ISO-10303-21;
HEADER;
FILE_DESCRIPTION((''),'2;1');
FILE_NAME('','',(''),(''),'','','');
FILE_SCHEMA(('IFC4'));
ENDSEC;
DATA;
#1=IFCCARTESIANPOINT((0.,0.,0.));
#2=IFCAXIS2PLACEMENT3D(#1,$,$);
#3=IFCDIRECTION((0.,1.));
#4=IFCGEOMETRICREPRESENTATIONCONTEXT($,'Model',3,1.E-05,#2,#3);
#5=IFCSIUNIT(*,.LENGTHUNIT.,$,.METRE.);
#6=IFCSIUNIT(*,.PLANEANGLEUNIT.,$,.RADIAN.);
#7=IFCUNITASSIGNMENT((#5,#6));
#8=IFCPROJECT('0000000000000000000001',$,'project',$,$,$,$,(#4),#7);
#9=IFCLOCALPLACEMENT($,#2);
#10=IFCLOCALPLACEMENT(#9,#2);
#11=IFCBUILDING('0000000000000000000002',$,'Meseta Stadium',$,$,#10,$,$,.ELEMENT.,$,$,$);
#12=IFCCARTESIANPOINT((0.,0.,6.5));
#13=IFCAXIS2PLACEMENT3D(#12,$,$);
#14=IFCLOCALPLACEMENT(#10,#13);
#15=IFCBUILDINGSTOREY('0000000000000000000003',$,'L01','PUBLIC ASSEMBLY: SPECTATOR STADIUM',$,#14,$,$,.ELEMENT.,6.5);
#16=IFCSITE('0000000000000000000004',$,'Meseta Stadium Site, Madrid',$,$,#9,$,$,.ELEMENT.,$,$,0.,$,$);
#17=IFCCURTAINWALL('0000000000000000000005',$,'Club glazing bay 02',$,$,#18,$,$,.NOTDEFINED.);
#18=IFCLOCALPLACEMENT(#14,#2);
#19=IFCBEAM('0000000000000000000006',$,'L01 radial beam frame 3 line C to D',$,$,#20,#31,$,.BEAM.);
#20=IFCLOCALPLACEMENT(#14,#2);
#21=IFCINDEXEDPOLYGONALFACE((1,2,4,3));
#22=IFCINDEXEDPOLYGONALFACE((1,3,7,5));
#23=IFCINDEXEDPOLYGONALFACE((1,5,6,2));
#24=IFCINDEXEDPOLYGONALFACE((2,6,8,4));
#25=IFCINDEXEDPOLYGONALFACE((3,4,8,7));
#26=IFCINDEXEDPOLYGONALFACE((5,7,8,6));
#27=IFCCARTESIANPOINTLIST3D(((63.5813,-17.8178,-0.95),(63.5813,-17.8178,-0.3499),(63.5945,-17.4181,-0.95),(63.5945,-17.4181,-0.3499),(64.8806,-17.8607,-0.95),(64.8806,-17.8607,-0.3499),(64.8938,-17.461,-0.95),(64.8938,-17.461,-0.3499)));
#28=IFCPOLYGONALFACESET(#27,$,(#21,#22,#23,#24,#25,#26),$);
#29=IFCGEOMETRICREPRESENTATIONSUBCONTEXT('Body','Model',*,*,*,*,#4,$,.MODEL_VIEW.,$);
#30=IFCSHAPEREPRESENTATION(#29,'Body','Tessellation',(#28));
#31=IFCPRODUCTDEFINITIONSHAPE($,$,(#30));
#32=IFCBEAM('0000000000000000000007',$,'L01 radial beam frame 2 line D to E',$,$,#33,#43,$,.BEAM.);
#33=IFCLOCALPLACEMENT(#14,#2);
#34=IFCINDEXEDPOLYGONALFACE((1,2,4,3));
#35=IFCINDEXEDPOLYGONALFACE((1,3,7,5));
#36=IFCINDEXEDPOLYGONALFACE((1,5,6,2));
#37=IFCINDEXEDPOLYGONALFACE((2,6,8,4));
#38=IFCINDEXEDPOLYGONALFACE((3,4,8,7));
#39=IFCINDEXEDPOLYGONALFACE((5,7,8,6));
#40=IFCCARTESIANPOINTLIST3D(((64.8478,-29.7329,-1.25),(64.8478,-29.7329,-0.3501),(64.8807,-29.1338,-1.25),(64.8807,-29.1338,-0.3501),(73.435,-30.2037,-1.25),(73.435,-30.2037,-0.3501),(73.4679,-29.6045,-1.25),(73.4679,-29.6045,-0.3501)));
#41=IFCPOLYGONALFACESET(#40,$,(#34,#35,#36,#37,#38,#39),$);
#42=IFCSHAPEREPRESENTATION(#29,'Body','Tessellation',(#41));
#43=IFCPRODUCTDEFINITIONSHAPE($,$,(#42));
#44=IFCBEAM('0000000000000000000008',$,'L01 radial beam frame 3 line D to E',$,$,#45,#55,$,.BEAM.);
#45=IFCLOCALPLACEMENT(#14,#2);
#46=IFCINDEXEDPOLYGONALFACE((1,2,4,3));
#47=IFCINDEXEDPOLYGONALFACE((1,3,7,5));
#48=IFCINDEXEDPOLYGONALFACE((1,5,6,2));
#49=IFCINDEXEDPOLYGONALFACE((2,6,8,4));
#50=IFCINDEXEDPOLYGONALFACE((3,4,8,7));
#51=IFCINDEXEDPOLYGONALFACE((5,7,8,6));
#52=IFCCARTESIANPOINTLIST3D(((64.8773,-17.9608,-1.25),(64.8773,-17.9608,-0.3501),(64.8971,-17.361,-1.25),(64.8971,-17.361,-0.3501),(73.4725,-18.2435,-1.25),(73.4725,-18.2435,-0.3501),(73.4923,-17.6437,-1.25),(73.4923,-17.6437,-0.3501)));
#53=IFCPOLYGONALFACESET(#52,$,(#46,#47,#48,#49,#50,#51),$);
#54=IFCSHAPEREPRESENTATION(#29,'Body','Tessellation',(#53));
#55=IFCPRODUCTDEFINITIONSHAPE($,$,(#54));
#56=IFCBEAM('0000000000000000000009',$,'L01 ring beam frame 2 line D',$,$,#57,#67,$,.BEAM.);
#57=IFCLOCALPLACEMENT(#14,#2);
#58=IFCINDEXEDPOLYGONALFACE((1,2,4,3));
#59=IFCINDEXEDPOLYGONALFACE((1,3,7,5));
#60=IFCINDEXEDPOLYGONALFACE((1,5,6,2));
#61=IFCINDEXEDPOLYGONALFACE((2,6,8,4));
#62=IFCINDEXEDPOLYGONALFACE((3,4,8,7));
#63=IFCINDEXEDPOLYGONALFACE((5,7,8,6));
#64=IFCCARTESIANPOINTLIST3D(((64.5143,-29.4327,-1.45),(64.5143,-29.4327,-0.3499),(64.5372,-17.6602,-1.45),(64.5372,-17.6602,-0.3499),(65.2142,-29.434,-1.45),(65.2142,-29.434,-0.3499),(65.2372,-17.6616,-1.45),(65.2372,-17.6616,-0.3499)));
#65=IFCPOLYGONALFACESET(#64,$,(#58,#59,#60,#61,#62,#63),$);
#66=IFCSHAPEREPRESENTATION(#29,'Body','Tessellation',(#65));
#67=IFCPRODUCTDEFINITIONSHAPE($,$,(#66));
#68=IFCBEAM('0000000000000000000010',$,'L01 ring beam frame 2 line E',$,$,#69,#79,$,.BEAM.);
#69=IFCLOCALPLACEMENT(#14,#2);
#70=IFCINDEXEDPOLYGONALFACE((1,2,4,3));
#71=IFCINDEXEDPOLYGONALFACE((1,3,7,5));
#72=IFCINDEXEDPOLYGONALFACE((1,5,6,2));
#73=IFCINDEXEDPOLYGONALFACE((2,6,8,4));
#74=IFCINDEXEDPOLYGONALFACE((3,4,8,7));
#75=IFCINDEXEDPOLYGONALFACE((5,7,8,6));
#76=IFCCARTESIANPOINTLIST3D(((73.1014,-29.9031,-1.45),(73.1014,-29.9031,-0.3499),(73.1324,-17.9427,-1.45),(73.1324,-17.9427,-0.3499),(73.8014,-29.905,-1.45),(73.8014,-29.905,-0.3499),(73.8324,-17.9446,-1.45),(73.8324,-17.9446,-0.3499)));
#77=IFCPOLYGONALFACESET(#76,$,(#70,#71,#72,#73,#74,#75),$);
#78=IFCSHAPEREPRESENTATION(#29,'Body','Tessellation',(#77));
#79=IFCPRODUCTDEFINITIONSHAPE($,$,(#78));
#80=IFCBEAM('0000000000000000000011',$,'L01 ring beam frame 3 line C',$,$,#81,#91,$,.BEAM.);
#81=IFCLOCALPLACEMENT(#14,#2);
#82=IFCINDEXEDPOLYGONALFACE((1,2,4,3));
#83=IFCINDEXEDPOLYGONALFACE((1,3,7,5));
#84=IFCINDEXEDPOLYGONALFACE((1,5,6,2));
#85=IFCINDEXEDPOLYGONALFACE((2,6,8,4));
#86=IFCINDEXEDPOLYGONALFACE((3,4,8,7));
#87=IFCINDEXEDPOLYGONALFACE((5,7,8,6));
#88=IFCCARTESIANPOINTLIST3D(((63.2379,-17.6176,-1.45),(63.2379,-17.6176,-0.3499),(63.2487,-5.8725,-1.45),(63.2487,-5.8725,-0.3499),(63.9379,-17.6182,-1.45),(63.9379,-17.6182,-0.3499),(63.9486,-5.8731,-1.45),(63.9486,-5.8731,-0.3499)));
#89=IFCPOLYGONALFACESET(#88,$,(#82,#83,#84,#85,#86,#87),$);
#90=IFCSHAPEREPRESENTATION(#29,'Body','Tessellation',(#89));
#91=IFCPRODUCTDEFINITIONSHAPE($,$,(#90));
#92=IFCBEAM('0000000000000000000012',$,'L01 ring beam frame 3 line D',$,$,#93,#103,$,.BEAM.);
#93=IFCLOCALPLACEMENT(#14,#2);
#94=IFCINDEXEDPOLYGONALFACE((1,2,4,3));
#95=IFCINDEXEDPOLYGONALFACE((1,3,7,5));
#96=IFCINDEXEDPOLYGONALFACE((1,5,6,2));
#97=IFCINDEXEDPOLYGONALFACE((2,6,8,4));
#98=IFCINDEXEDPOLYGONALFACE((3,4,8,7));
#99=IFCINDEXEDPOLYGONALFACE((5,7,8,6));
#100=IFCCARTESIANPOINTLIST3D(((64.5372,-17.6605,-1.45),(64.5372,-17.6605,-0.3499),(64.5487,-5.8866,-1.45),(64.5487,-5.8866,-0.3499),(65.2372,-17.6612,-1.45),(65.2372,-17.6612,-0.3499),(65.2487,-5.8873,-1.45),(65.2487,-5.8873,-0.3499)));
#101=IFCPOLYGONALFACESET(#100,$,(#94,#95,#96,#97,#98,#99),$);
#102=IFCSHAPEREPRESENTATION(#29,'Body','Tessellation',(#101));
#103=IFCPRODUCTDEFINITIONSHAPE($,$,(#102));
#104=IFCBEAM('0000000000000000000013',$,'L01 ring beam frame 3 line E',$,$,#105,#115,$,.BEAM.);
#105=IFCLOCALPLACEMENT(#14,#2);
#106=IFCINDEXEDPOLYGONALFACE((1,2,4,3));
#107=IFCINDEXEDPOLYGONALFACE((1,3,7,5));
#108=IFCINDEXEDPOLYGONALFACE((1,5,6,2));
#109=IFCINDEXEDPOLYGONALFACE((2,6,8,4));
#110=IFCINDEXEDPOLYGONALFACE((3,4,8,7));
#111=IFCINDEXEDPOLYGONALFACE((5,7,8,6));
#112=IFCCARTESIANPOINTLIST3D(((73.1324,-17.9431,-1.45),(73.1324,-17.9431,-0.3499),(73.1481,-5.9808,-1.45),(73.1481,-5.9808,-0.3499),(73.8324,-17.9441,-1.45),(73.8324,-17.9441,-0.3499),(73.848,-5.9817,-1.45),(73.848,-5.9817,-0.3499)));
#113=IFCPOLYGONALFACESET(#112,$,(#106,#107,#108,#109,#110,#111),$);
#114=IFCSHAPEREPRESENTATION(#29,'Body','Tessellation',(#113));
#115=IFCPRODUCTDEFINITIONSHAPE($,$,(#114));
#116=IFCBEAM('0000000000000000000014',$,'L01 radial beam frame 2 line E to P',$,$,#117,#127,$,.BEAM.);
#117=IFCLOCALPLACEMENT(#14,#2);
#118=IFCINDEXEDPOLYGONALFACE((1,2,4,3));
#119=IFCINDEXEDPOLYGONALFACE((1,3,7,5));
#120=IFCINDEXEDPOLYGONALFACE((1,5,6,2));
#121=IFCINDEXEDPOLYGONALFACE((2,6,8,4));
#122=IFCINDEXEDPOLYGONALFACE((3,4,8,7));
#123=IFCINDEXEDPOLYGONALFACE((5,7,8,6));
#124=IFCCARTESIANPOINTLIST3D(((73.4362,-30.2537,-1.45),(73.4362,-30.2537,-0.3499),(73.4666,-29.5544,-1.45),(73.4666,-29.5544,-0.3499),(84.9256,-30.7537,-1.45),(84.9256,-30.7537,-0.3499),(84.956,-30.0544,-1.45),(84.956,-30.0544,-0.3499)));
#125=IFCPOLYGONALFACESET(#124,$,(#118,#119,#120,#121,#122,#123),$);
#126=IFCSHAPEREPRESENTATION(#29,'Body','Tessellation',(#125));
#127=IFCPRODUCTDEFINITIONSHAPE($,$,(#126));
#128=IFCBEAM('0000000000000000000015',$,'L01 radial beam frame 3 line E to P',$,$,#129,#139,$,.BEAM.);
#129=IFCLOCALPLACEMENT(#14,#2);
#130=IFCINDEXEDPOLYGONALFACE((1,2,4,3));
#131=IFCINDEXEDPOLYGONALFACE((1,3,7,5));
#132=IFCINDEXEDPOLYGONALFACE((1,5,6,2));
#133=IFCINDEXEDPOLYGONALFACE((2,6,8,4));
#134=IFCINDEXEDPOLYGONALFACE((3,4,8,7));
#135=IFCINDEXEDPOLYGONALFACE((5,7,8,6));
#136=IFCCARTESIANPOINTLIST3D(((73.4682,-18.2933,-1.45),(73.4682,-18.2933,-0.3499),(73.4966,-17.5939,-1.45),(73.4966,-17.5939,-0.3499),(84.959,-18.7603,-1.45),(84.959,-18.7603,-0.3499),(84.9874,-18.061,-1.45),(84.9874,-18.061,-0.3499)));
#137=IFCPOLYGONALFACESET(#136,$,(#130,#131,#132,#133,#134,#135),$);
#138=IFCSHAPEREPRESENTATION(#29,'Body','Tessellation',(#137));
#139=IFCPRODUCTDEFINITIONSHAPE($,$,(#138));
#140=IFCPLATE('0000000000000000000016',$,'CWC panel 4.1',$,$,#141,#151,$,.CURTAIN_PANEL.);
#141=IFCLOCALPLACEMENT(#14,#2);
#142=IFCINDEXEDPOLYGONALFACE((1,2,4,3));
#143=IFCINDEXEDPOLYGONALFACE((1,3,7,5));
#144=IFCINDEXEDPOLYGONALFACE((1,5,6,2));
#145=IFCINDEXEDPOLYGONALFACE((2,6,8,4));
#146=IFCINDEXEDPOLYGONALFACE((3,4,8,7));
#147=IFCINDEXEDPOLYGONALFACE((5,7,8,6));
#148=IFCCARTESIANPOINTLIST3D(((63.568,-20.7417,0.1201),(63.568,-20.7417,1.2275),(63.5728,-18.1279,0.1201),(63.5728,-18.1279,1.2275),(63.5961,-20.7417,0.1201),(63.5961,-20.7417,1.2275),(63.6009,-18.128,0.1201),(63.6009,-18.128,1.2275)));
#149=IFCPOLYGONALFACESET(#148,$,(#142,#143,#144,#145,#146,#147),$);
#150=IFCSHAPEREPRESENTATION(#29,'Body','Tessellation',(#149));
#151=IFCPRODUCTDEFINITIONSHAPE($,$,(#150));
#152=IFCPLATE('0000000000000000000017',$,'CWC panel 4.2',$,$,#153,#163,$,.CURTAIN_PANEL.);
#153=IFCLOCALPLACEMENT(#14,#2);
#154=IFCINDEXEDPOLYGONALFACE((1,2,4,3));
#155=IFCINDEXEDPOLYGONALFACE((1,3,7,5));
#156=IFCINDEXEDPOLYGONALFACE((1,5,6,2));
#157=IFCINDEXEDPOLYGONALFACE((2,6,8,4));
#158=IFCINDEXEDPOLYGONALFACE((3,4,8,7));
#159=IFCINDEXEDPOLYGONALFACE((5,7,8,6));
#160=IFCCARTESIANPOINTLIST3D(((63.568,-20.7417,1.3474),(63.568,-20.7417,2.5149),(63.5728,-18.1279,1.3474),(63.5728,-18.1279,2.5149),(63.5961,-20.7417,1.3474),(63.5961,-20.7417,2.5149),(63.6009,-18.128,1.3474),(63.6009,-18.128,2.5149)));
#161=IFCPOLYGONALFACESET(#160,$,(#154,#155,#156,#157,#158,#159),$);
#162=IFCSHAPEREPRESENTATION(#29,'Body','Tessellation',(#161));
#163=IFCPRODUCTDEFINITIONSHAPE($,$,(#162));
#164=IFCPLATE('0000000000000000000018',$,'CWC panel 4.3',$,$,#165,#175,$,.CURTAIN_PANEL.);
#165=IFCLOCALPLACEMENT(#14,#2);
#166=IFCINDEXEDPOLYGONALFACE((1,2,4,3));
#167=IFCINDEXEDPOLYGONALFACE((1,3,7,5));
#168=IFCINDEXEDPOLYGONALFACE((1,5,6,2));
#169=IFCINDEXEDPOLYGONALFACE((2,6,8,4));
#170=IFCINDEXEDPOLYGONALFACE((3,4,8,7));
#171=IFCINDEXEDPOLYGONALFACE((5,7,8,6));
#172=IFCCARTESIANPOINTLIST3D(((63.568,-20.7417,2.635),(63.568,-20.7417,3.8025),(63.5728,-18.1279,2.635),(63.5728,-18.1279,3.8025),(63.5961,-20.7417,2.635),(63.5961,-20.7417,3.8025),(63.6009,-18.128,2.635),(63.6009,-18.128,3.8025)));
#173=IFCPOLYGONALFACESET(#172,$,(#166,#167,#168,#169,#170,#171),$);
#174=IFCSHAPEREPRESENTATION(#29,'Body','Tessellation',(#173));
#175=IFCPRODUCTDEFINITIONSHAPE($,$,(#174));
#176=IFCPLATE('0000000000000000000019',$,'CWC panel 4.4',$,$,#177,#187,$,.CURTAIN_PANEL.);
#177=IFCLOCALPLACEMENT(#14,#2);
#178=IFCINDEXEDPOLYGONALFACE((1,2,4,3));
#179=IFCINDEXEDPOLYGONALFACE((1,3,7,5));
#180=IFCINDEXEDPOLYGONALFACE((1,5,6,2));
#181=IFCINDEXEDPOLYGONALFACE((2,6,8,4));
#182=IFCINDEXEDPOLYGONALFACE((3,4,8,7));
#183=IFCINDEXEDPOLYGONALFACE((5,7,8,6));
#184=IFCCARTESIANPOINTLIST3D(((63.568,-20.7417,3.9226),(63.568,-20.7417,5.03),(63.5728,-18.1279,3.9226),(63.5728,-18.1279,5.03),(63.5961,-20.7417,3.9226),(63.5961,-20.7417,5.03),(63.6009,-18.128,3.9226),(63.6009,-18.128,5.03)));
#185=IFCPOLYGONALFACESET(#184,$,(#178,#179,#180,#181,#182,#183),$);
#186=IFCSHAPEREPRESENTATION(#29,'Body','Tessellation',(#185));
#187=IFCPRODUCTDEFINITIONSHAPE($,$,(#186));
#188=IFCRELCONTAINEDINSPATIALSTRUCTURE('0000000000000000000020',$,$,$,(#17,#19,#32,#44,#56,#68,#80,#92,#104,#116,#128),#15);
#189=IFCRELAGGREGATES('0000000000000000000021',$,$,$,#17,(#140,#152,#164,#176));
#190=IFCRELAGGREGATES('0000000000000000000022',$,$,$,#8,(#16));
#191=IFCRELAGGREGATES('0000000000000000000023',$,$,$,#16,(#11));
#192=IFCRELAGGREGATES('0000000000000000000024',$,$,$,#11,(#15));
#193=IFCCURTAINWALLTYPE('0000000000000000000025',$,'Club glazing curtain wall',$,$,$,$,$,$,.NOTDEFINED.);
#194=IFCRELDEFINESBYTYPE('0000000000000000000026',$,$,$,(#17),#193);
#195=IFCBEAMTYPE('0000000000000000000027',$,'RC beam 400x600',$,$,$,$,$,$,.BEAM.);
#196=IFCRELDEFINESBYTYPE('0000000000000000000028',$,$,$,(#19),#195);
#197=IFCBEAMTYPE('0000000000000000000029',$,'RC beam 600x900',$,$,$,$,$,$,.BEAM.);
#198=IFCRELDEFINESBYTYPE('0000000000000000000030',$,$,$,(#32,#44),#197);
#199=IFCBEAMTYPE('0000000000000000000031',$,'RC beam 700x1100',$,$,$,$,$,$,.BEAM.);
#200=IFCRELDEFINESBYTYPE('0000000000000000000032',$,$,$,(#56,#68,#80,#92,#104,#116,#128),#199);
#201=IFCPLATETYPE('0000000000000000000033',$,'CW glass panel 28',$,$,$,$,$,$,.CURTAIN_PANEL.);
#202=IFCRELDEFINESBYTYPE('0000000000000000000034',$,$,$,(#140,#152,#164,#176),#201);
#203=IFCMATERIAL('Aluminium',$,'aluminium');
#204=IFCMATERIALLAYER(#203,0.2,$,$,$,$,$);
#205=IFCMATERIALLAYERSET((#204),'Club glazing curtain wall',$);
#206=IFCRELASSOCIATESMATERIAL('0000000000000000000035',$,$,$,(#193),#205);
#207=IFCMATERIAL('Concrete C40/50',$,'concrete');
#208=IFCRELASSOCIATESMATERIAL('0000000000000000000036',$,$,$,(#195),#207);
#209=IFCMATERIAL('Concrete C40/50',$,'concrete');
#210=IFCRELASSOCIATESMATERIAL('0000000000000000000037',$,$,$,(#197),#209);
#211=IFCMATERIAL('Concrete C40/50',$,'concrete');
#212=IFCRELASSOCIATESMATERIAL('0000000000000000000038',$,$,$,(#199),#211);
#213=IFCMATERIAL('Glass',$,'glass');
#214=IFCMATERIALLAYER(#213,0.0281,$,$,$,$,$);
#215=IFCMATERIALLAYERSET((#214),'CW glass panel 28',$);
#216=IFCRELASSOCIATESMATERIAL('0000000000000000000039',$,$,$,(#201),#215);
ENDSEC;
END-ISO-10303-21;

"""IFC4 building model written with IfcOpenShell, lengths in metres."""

from ifc_helpers import new_model, si_unit, direction, frame, origin, origin_2d, place, context, subcontext, project, spatial, rectangle, extrude, material, layer, layer_set, material_profile, profile_set, type_object, element, aggregate, save


model = new_model("IFC4")

# Units and contexts
model_context = context("Model", 3, precision=1e-05, world=origin(), true_north=direction((0.0, 1.0)))
body_context = subcontext(model_context, "Body", "Model", "MODEL_VIEW")
ifc_project = project(units=[si_unit("LENGTHUNIT", "METRE"), si_unit("PLANEANGLEUNIT", "RADIAN")], contexts=[model_context])

# Site, building, storey
site_placement = place(None, origin())
site = spatial("IfcSite", under=ifc_project, at=site_placement, Name="Meseta Stadium Site, Madrid", CompositionType="ELEMENT", RefElevation=0.0)
building_placement = place(site_placement, origin())
building = spatial("IfcBuilding", under=site, at=building_placement, Name="Meseta Stadium", CompositionType="ELEMENT")
storey_placement = place(building_placement, frame((0.0, 0.0, 6.5)))
storey = spatial("IfcBuildingStorey", under=building, at=storey_placement, Name="L01", Description="PUBLIC ASSEMBLY: SPECTATOR STADIUM", CompositionType="ELEMENT", Elevation=6.5)

# Curtain wall
ifc_material_1 = material(Name="Aluminium", Category="aluminium")
ifc_layer_1 = layer(ifc_material_1, 0.2)
ifc_layer_set_1 = layer_set([ifc_layer_1], Name="Club glazing curtain wall")
curtain_wall_type = type_object("IfcCurtainWallType", Name="Club glazing curtain wall", PredefinedType="NOTDEFINED", material=ifc_layer_set_1)
curtain_wall_1_placement = place(storey_placement, origin())
curtain_wall_1 = element("IfcCurtainWall", 1, at=curtain_wall_1_placement, inside=storey, type_object=curtain_wall_type, Name="Club glazing bay 02", PredefinedType="NOTDEFINED")

# Beams
ifc_material_2 = material(Name="Concrete C40/50", Category="concrete")
ifc_material_profile_1 = material_profile(ifc_material_2, rectangle(XDim=0.3999, YDim=0.6001, at=origin_2d()), Name="RC 400x600")
ifc_profile_set_1 = profile_set([ifc_material_profile_1], Name="Concrete C40/50")
beam_type_1 = type_object("IfcBeamType", Name="RC beam 400x600", PredefinedType="BEAM", material=ifc_profile_set_1)
beam_1_placement = place(storey_placement, frame((63.5879, -17.6179, -0.6499), z_axis=(0.999454, -0.033052, 0.0), x_axis=(0.033052, 0.999454, 0.0)))
element("IfcBeam", 2, at=beam_1_placement, inside=storey, type_object=beam_type_1, Name="L01 radial beam frame 3 line C to D", PredefinedType="BEAM", context=body_context, shape_type="SweptSolid", body=[
    extrude(rectangle(XDim=0.3999, YDim=0.6001, at=origin_2d()), origin(), (0.0, 0.0, 1.0), 1.3),
])
ifc_material_3 = material(Name="Concrete C40/50", Category="concrete")
ifc_material_profile_2 = material_profile(ifc_material_3, rectangle(XDim=0.6001, YDim=0.8999, at=origin_2d()), Name="RC 600x900")
ifc_profile_set_2 = profile_set([ifc_material_profile_2], Name="Concrete C40/50")
beam_type_2 = type_object("IfcBeamType", Name="RC beam 600x900", PredefinedType="BEAM", material=ifc_profile_set_2)
beam_2_placement = place(storey_placement, frame((64.8643, -29.4333, -0.8), z_axis=(0.998501, -0.054733, 0.0), x_axis=(0.054733, 0.998501, 0.0)))
element("IfcBeam", 3, at=beam_2_placement, inside=storey, type_object=beam_type_2, Name="L01 radial beam frame 2 line D to E", PredefinedType="BEAM", context=body_context, shape_type="SweptSolid", body=[
    extrude(rectangle(XDim=0.6001, YDim=0.8999, at=origin_2d()), origin(), (0.0, 0.0, 1.0), 8.6001),
])
beam_3_placement = place(storey_placement, frame((64.8872, -17.6609, -0.8), z_axis=(0.999459, -0.032874, 0.0), x_axis=(0.032874, 0.999459, 0.0)))
element("IfcBeam", 4, at=beam_3_placement, inside=storey, type_object=beam_type_2, Name="L01 radial beam frame 3 line D to E", PredefinedType="BEAM", context=body_context, shape_type="SweptSolid", body=[
    extrude(rectangle(XDim=0.6001, YDim=0.8999, at=origin_2d()), origin(), (0.0, 0.0, 1.0), 8.5999),
])
ifc_material_4 = material(Name="Concrete C40/50", Category="concrete")
ifc_material_profile_3 = material_profile(ifc_material_4, rectangle(XDim=0.7, YDim=1.1001, at=origin_2d()), Name="RC 700x1100")
ifc_profile_set_3 = profile_set([ifc_material_profile_3], Name="Concrete C40/50")
beam_type_3 = type_object("IfcBeamType", Name="RC beam 700x1100", PredefinedType="BEAM", material=ifc_profile_set_3)
beam_4_placement = place(storey_placement, frame((64.8643, -29.4333, -0.8999), z_axis=(0.001949, 0.999998, 0.0), x_axis=(-0.999998, 0.001949, 0.0)))
element("IfcBeam", 5, at=beam_4_placement, inside=storey, type_object=beam_type_3, Name="L01 ring beam frame 2 line D", PredefinedType="BEAM", context=body_context, shape_type="SweptSolid", body=[
    extrude(rectangle(XDim=0.7, YDim=1.1001, at=origin_2d()), origin(), (0.0, 0.0, 1.0), 11.7725),
])
beam_5_placement = place(storey_placement, frame((73.4514, -29.9041, -0.8999), z_axis=(0.002592, 0.999997, 0.0), x_axis=(-0.999997, 0.002592, 0.0)))
element("IfcBeam", 6, at=beam_5_placement, inside=storey, type_object=beam_type_3, Name="L01 ring beam frame 2 line E", PredefinedType="BEAM", context=body_context, shape_type="SweptSolid", body=[
    extrude(rectangle(XDim=0.7, YDim=1.1001, at=origin_2d()), origin(), (0.0, 0.0, 1.0), 11.9604),
])
beam_6_placement = place(storey_placement, frame((63.5879, -17.6179, -0.8999), z_axis=(0.000915, 1.0, 0.0), x_axis=(-1.0, 0.000915, 0.0)))
element("IfcBeam", 7, at=beam_6_placement, inside=storey, type_object=beam_type_3, Name="L01 ring beam frame 3 line C", PredefinedType="BEAM", context=body_context, shape_type="SweptSolid", body=[
    extrude(rectangle(XDim=0.7, YDim=1.1001, at=origin_2d()), origin(), (0.0, 0.0, 1.0), 11.7451),
])
beam_7_placement = place(storey_placement, frame((64.8872, -17.6609, -0.8999), z_axis=(0.000975, 1.0, 0.0), x_axis=(-1.0, 0.000975, 0.0)))
element("IfcBeam", 8, at=beam_7_placement, inside=storey, type_object=beam_type_3, Name="L01 ring beam frame 3 line D", PredefinedType="BEAM", context=body_context, shape_type="SweptSolid", body=[
    extrude(rectangle(XDim=0.7, YDim=1.1001, at=origin_2d()), origin(), (0.0, 0.0, 1.0), 11.7739),
])
beam_8_placement = place(storey_placement, frame((73.4824, -17.9436, -0.8999), z_axis=(0.001306, 0.999999, 0.0), x_axis=(-0.999999, 0.001306, 0.0)))
element("IfcBeam", 9, at=beam_8_placement, inside=storey, type_object=beam_type_3, Name="L01 ring beam frame 3 line E", PredefinedType="BEAM", context=body_context, shape_type="SweptSolid", body=[
    extrude(rectangle(XDim=0.7, YDim=1.1001, at=origin_2d()), origin(), (0.0, 0.0, 1.0), 11.9624),
])
for number, where, z_axis, x_axis, name in (
    (10, (73.4514, -29.9041, -0.8999), (0.999054, -0.043478, 0.0), (0.043478, 0.999054, 0.0), "L01 radial beam frame 2 line E to P"),
    (11, (73.4824, -17.9436, -0.8999), (0.999175, -0.040612, 0.0), (0.040612, 0.999175, 0.0), "L01 radial beam frame 3 line E to P"),
):
    element("IfcBeam", number, at=place(storey_placement, frame(where, z_axis=z_axis, x_axis=x_axis)), inside=storey, type_object=beam_type_3, Name=name, PredefinedType="BEAM", context=body_context, shape_type="SweptSolid", body=[
        extrude(rectangle(XDim=0.7, YDim=1.1001, at=origin_2d()), origin(), (0.0, 0.0, 1.0), 11.5002),
    ])

# Plates
ifc_material_5 = material(Name="Glass", Category="glass")
ifc_layer_2 = layer(ifc_material_5, 0.0281)
ifc_layer_set_2 = layer_set([ifc_layer_2], Name="CW glass panel 28")
plate_type = type_object("IfcPlateType", Name="CW glass panel 28", PredefinedType="CURTAIN_PANEL", material=ifc_layer_set_2)
plate_1_placement = place(storey_placement, frame((63.5845, -19.4348, 0.1201), z_axis=(0.0, 0.0, 1.0), x_axis=(0.001845, 0.999998, 0.0)))
plate_1 = element("IfcPlate", 12, at=plate_1_placement, type_object=plate_type, Name="CWC panel 4.1", PredefinedType="CURTAIN_PANEL", context=body_context, shape_type="SweptSolid", body=[
    extrude(rectangle(XDim=2.6138, YDim=0.0281, at=origin_2d()), origin(), (0.0, 0.0, 1.0), 1.1074),
])
plate_2_placement = place(storey_placement, frame((63.5845, -19.4348, 1.3474), z_axis=(0.0, 0.0, 1.0), x_axis=(0.001845, 0.999998, 0.0)))
plate_2 = element("IfcPlate", 13, at=plate_2_placement, type_object=plate_type, Name="CWC panel 4.2", PredefinedType="CURTAIN_PANEL", context=body_context, shape_type="SweptSolid", body=[
    extrude(rectangle(XDim=2.6138, YDim=0.0281, at=origin_2d()), origin(), (0.0, 0.0, 1.0), 1.1675),
])
plate_3_placement = place(storey_placement, frame((63.5845, -19.4348, 2.635), z_axis=(0.0, 0.0, 1.0), x_axis=(0.001845, 0.999998, 0.0)))
plate_3 = element("IfcPlate", 14, at=plate_3_placement, type_object=plate_type, Name="CWC panel 4.3", PredefinedType="CURTAIN_PANEL", context=body_context, shape_type="SweptSolid", body=[
    extrude(rectangle(XDim=2.6138, YDim=0.0281, at=origin_2d()), origin(), (0.0, 0.0, 1.0), 1.1675),
])
plate_4_placement = place(storey_placement, frame((63.5845, -19.4348, 3.9226), z_axis=(0.0, 0.0, 1.0), x_axis=(0.001845, 0.999998, 0.0)))
plate_4 = element("IfcPlate", 15, at=plate_4_placement, type_object=plate_type, Name="CWC panel 4.4", PredefinedType="CURTAIN_PANEL", context=body_context, shape_type="SweptSolid", body=[
    extrude(rectangle(XDim=2.6138, YDim=0.0281, at=origin_2d()), origin(), (0.0, 0.0, 1.0), 1.1074),
])
aggregate(curtain_wall_1, [plate_1, plate_2, plate_3, plate_4])

save(model, "model.ifc")
